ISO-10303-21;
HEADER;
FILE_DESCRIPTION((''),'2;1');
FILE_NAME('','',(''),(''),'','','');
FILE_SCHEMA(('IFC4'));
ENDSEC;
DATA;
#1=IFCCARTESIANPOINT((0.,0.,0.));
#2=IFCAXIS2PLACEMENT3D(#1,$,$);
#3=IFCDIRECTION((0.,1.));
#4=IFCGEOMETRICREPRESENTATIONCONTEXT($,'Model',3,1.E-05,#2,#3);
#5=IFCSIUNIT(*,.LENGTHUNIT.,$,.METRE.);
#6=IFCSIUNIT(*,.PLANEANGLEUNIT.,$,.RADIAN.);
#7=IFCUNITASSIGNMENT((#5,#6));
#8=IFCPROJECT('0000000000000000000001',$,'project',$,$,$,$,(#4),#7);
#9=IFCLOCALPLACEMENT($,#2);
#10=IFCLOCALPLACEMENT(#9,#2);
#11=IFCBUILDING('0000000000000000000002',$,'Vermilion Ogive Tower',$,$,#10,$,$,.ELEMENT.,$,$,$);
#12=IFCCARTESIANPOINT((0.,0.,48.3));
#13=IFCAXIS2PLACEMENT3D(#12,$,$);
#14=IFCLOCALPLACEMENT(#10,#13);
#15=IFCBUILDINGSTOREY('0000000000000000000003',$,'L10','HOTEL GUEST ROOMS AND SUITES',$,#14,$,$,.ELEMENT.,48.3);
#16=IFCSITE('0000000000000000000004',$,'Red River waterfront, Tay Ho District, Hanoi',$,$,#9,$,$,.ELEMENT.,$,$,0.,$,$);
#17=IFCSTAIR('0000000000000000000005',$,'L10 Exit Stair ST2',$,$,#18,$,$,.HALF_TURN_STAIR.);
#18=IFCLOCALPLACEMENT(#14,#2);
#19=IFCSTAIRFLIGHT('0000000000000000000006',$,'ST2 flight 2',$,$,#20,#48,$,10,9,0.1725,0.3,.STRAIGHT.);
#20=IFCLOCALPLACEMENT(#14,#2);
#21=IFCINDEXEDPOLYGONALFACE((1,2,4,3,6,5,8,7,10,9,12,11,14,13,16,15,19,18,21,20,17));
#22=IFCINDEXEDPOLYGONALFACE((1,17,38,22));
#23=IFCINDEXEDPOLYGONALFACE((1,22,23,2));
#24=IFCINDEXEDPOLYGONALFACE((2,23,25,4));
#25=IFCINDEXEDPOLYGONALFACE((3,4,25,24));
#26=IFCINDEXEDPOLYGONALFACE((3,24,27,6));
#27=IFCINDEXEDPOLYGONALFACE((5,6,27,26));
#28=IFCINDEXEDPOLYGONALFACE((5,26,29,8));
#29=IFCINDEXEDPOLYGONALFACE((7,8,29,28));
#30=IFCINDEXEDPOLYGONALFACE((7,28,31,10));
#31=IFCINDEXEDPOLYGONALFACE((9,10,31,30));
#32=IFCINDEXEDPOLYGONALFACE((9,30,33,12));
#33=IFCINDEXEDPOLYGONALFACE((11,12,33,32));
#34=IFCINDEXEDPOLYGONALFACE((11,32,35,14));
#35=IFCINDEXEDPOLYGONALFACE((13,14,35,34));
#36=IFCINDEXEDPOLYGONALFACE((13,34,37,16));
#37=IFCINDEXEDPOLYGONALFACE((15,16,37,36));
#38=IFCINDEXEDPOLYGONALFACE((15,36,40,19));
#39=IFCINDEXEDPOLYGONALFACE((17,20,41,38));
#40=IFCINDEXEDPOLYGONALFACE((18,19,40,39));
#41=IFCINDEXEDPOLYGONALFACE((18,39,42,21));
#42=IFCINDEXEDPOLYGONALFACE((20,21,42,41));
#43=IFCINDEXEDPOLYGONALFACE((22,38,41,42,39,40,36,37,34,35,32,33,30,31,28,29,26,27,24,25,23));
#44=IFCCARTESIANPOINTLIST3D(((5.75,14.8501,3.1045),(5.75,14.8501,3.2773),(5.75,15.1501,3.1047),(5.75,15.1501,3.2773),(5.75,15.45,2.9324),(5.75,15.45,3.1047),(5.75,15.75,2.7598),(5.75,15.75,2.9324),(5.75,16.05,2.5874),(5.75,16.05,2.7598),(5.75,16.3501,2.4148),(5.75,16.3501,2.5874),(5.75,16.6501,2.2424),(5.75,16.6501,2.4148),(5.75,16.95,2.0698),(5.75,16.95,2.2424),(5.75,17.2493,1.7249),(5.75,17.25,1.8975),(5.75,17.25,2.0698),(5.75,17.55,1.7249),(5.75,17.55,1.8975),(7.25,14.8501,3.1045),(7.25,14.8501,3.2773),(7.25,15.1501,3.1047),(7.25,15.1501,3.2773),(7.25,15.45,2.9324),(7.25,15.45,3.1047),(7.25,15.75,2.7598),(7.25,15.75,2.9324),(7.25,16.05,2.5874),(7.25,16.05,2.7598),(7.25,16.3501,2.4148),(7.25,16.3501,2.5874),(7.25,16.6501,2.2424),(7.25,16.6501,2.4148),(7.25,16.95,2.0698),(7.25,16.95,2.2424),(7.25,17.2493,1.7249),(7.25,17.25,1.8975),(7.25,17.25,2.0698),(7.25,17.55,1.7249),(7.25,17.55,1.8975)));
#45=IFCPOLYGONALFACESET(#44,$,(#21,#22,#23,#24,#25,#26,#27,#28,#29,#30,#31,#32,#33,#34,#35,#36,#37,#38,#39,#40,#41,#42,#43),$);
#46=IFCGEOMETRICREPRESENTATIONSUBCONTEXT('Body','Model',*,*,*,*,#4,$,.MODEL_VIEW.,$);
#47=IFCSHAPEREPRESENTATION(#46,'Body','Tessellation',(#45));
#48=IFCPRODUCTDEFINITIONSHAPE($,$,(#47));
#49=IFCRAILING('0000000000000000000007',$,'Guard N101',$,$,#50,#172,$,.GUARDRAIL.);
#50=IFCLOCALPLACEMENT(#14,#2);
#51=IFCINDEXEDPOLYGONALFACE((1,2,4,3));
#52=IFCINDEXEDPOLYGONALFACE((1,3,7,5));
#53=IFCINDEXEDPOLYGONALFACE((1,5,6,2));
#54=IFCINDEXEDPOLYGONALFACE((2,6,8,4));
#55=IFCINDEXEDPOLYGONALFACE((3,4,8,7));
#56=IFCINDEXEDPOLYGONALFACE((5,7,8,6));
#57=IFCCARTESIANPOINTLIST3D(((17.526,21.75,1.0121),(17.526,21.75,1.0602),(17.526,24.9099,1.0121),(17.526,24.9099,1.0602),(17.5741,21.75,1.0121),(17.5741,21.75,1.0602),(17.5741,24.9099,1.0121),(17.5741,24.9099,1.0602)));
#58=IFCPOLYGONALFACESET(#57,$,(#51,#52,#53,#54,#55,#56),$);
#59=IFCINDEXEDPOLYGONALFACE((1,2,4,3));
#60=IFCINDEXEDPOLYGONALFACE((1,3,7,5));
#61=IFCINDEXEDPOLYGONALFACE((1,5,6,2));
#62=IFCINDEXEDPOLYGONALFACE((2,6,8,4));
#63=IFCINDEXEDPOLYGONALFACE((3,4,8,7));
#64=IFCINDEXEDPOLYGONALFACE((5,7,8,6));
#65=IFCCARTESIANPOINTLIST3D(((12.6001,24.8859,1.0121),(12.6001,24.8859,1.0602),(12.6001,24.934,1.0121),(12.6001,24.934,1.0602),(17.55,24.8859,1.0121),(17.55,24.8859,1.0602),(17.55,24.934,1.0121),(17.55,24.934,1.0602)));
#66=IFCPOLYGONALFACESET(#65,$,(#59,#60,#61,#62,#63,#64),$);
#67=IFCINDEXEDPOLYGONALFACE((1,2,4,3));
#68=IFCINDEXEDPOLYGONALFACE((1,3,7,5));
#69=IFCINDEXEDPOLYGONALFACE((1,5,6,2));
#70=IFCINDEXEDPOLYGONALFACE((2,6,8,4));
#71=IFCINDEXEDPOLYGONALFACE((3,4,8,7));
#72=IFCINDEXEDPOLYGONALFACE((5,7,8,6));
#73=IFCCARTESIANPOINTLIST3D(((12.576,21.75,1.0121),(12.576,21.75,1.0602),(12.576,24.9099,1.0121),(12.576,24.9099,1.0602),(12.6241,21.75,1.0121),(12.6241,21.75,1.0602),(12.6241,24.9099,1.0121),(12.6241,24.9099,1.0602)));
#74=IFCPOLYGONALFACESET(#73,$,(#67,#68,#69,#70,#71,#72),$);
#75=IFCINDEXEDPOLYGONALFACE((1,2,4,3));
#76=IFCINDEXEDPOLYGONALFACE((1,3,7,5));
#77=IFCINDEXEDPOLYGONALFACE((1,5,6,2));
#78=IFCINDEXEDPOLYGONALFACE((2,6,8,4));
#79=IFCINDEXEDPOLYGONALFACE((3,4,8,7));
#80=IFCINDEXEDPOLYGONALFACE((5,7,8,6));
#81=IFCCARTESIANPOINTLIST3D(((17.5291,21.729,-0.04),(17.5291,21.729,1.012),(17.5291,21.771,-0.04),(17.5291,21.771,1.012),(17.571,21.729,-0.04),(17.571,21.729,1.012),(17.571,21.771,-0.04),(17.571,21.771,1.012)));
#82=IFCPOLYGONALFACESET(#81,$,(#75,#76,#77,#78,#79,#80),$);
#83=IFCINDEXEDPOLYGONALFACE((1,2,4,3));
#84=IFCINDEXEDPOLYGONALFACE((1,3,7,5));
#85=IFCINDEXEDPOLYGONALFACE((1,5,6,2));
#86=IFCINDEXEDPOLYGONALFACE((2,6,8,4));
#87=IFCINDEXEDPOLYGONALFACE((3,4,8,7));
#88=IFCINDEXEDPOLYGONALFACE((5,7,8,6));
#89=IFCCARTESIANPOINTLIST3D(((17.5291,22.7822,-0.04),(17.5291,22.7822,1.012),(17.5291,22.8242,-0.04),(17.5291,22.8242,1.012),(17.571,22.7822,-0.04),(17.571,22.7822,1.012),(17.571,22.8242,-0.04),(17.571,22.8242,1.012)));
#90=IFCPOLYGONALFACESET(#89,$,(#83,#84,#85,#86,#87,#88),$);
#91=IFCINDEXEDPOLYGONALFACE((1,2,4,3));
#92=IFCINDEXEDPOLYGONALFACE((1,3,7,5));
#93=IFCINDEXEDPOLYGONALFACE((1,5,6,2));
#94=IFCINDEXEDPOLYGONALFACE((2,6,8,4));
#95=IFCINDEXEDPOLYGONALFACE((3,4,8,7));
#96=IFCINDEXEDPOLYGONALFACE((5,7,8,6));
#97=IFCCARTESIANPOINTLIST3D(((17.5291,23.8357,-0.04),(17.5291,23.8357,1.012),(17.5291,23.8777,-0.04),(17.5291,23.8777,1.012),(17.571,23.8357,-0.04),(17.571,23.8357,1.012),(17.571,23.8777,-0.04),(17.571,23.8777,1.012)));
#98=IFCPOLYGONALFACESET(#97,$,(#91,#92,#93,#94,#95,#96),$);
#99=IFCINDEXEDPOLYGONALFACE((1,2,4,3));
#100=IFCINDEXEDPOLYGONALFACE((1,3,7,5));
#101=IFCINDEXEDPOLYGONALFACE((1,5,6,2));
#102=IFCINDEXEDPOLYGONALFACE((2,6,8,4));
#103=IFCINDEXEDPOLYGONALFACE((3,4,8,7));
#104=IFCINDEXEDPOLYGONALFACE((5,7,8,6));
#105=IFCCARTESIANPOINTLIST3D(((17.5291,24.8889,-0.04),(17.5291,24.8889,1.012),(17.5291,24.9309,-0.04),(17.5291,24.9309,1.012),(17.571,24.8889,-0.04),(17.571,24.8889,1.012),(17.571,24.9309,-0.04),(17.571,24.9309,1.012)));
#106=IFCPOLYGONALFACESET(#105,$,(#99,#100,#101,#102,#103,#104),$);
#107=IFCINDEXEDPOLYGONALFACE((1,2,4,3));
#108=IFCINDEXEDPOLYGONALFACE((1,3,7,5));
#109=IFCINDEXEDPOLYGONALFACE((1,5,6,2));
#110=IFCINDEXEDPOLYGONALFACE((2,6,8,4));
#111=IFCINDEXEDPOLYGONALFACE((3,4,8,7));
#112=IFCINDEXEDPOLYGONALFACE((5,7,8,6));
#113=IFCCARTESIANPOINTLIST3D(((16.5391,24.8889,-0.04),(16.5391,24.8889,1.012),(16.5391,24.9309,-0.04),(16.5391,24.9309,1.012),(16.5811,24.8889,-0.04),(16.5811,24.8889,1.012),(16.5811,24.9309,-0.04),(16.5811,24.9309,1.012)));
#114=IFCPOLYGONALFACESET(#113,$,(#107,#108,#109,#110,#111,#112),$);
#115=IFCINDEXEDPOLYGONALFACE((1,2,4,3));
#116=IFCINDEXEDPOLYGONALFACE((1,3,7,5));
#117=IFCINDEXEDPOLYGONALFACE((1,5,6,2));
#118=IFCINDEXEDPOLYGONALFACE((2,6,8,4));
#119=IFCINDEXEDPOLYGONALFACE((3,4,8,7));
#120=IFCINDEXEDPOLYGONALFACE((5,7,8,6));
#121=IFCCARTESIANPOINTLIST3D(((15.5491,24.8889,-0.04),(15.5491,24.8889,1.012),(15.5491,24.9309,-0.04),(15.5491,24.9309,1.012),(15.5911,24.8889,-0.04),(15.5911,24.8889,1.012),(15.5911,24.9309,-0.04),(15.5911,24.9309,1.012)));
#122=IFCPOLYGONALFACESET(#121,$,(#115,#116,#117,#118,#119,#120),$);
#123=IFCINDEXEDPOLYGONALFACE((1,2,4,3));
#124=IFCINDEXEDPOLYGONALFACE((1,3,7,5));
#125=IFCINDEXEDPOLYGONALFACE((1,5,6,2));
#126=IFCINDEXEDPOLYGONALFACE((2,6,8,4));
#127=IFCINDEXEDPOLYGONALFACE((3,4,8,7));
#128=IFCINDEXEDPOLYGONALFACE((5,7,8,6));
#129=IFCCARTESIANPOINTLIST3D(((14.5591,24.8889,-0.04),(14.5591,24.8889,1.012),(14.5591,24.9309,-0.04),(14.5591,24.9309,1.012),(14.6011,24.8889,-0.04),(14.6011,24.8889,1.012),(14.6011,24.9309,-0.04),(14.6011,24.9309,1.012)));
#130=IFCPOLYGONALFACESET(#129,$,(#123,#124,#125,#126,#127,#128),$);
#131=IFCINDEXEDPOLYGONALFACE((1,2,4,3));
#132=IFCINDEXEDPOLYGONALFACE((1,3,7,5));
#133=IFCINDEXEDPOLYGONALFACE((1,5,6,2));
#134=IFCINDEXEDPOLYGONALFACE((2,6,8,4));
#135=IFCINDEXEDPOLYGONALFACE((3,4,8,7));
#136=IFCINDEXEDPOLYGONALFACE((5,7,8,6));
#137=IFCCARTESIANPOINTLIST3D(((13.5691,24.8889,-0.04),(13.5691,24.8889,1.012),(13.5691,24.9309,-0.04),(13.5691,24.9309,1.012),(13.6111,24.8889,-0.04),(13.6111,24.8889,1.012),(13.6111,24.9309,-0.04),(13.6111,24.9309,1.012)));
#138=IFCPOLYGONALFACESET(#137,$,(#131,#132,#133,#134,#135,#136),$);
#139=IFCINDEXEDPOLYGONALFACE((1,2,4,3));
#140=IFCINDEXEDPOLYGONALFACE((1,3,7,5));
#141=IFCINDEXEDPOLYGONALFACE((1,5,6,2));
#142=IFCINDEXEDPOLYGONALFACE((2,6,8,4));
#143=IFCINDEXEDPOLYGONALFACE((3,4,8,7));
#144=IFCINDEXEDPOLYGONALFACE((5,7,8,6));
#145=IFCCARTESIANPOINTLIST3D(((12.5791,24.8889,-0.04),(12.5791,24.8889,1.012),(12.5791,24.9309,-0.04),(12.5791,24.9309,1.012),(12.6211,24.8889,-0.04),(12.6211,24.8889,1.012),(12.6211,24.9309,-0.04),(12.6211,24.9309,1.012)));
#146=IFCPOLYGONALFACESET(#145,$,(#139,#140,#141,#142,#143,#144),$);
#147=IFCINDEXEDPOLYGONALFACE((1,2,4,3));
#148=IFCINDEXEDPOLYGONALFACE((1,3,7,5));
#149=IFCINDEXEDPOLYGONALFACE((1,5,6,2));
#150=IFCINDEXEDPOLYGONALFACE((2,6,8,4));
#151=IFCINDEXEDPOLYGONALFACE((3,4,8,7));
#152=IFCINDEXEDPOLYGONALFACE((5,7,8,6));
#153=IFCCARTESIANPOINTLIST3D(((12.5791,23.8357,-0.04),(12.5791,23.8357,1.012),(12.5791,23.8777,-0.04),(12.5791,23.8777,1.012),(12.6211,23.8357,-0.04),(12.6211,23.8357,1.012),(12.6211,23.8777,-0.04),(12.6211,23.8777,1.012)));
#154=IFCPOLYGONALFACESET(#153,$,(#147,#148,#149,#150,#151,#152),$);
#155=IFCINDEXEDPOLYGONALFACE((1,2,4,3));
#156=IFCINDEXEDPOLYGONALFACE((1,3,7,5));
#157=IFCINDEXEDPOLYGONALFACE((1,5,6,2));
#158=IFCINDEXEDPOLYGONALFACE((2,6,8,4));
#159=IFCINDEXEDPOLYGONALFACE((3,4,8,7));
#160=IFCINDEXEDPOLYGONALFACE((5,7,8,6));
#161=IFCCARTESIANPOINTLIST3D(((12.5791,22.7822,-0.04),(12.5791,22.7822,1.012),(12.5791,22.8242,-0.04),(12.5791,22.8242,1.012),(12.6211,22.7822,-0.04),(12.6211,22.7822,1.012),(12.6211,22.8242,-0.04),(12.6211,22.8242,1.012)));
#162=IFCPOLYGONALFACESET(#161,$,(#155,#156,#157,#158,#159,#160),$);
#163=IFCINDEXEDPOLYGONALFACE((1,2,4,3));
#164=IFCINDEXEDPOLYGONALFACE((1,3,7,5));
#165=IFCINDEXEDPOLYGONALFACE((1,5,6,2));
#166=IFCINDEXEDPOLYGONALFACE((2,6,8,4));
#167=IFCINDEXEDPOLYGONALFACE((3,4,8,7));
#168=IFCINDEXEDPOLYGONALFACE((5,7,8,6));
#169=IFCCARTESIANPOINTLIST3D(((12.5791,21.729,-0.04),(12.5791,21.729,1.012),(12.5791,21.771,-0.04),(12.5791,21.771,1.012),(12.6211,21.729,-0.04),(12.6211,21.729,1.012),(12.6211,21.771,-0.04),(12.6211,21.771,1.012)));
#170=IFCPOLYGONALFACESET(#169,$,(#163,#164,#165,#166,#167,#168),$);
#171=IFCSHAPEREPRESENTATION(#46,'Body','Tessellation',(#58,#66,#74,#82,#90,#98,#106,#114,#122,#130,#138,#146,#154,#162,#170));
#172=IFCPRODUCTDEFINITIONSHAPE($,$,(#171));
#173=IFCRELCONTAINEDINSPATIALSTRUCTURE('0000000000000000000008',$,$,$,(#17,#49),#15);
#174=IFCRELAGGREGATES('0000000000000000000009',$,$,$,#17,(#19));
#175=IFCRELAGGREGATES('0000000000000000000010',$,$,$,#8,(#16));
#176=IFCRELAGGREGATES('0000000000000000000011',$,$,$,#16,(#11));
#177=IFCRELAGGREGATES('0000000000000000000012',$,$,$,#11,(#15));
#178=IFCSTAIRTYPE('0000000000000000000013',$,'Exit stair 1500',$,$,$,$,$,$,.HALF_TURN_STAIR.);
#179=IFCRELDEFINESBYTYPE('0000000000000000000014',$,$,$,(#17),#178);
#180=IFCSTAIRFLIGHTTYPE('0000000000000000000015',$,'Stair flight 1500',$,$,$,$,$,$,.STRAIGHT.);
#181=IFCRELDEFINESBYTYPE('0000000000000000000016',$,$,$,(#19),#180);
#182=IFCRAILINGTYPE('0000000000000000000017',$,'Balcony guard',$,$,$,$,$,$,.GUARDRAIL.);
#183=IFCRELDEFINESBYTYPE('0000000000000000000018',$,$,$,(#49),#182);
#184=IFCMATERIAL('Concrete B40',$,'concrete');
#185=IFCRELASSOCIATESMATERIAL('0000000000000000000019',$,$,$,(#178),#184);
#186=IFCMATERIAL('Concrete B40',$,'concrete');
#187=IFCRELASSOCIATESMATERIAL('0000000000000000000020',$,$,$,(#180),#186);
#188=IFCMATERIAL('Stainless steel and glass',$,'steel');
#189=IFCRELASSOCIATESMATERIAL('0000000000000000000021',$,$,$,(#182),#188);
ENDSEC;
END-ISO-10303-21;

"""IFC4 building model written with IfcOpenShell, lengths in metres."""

from ifc_helpers import new_model, si_unit, direction, frame, origin, origin_2d, place, context, subcontext, project, spatial, polyline, rectangle, outline, extrude, material, type_object, element, aggregate, save


model = new_model("IFC4")

# Units and contexts
model_context = context("Model", 3, precision=1e-05, world=origin(), true_north=direction((0.0, 1.0)))
body_context = subcontext(model_context, "Body", "Model", "MODEL_VIEW")
ifc_project = project(units=[si_unit("LENGTHUNIT", "METRE"), si_unit("PLANEANGLEUNIT", "RADIAN")], contexts=[model_context])

# Site, building, storey
site_placement = place(None, origin())
site = spatial("IfcSite", under=ifc_project, at=site_placement, Name="Red River waterfront, Tay Ho District, Hanoi", CompositionType="ELEMENT", RefElevation=0.0)
building_placement = place(site_placement, origin())
building = spatial("IfcBuilding", under=site, at=building_placement, Name="Vermilion Ogive Tower", CompositionType="ELEMENT")
storey_placement = place(building_placement, frame((0.0, 0.0, 48.3)))
storey = spatial("IfcBuildingStorey", under=building, at=storey_placement, Name="L10", Description="HOTEL GUEST ROOMS AND SUITES", CompositionType="ELEMENT", Elevation=48.3)

# Stair, stair flight
ifc_material_1 = material(Name="Concrete B40", Category="concrete")
stair_type = type_object("IfcStairType", Name="Exit stair 1500", PredefinedType="HALF_TURN_STAIR", material=ifc_material_1)
stair_placement = place(storey_placement, origin())
stair = element("IfcStair", 1, at=stair_placement, inside=storey, type_object=stair_type, Name="L10 Exit Stair ST2", PredefinedType="HALF_TURN_STAIR")
ifc_material_2 = material(Name="Concrete B40", Category="concrete")
stair_flight_type = type_object("IfcStairFlightType", Name="Stair flight 1500", PredefinedType="STRAIGHT", material=ifc_material_2)
stair_flight_placement = place(storey_placement, frame((6.5, 17.55, 1.7249), z_axis=(0.0, 0.0, 1.0), x_axis=(0.0, -1.0, 0.0)))
stair_flight = element("IfcStairFlight", 2, at=stair_flight_placement, type_object=stair_flight_type, Name="ST2 flight 2", NumberOfRisers=10, NumberOfTreads=9, PredefinedType="STRAIGHT", RiserHeight=0.1725, TreadLength=0.3, context=body_context, shape_type="SweptSolid", body=[
    extrude(outline(polyline([(0.0, 0.0), (0.0, 0.1726), (0.3, 0.1726), (0.3, 0.345), (0.6001, 0.345), (0.6001, 0.5176), (0.8999, 0.5176), (0.8999, 0.6899), (1.2, 0.6899), (1.2, 0.8625), (1.5, 0.8625), (1.5, 1.0349), (1.8, 1.0349), (1.8, 1.2075), (2.1001, 1.2075), (2.1001, 1.3799), (2.3999, 1.3799), (2.3999, 1.5525), (2.7, 1.5525), (2.7, 1.7251), (2.7, 1.3796), (0.3008, 0.0), (0.0, 0.0)])), frame((0.0, 0.75, 0.0), z_axis=(0.0, -1.0, 0.0), x_axis=(1.0, 0.0, 0.0)), (0.0, 0.0, 1.0), 1.5),
])
aggregate(stair, [stair_flight])

# Railing
ifc_material_3 = material(Name="Stainless steel and glass", Category="steel")
railing_type_1 = type_object("IfcRailingType", Name="Balcony guard", PredefinedType="GUARDRAIL", material=ifc_material_3)
railing_1_placement = place(storey_placement, frame((17.55, 21.75, -0.04)))
element("IfcRailing", 3, at=railing_1_placement, inside=storey, type_object=railing_type_1, Name="Guard N101", PredefinedType="GUARDRAIL", context=body_context, shape_type="SweptSolid", body=[
    extrude(rectangle(XDim=0.0481, YDim=0.0481, at=origin_2d()), frame((0.0, 0.0, 1.0762), z_axis=(0.0, 1.0, 0.0), x_axis=(-1.0, 0.0, 0.0)), (0.0, 0.0, 1.0), 3.1599),
    extrude(rectangle(XDim=0.0481, YDim=0.0481, at=origin_2d()), frame((0.0, 3.1599, 1.0762), z_axis=(-1.0, 0.0, 0.0), x_axis=(0.0, -1.0, 0.0)), (0.0, 0.0, 1.0), 4.95),
    extrude(rectangle(XDim=0.0481, YDim=0.0481, at=origin_2d()), frame((-4.95, 3.1599, 1.0762), z_axis=(0.0, -1.0, 0.0), x_axis=(1.0, 0.0, 0.0)), (0.0, 0.0, 1.0), 3.1599),
    extrude(rectangle(XDim=0.042, YDim=0.042, at=origin_2d()), origin(), (0.0, 0.0, 1.0), 1.052),
    extrude(rectangle(XDim=0.042, YDim=0.042, at=origin_2d()), frame((0.0, 1.0532, 0.0)), (0.0, 0.0, 1.0), 1.052),
    extrude(rectangle(XDim=0.042, YDim=0.042, at=origin_2d()), frame((0.0, 2.1067, 0.0)), (0.0, 0.0, 1.0), 1.052),
    extrude(rectangle(XDim=0.042, YDim=0.042, at=origin_2d()), frame((0.0, 3.1599, 0.0)), (0.0, 0.0, 1.0), 1.052),
    extrude(rectangle(XDim=0.042, YDim=0.042, at=origin_2d()), frame((-0.99, 3.1599, 0.0)), (0.0, 0.0, 1.0), 1.052),
    extrude(rectangle(XDim=0.042, YDim=0.042, at=origin_2d()), frame((-1.98, 3.1599, 0.0)), (0.0, 0.0, 1.0), 1.052),
    extrude(rectangle(XDim=0.042, YDim=0.042, at=origin_2d()), frame((-2.97, 3.1599, 0.0)), (0.0, 0.0, 1.0), 1.052),
    extrude(rectangle(XDim=0.042, YDim=0.042, at=origin_2d()), frame((-3.96, 3.1599, 0.0)), (0.0, 0.0, 1.0), 1.052),
    extrude(rectangle(XDim=0.042, YDim=0.042, at=origin_2d()), frame((-4.95, 3.1599, 0.0)), (0.0, 0.0, 1.0), 1.052),
    extrude(rectangle(XDim=0.042, YDim=0.042, at=origin_2d()), frame((-4.95, 2.1067, 0.0)), (0.0, 0.0, 1.0), 1.052),
    extrude(rectangle(XDim=0.042, YDim=0.042, at=origin_2d()), frame((-4.95, 1.0532, 0.0)), (0.0, 0.0, 1.0), 1.052),
    extrude(rectangle(XDim=0.042, YDim=0.042, at=origin_2d()), frame((-4.95, 0.0, 0.0)), (0.0, 0.0, 1.0), 1.052),
])

save(model, "model.ifc")
